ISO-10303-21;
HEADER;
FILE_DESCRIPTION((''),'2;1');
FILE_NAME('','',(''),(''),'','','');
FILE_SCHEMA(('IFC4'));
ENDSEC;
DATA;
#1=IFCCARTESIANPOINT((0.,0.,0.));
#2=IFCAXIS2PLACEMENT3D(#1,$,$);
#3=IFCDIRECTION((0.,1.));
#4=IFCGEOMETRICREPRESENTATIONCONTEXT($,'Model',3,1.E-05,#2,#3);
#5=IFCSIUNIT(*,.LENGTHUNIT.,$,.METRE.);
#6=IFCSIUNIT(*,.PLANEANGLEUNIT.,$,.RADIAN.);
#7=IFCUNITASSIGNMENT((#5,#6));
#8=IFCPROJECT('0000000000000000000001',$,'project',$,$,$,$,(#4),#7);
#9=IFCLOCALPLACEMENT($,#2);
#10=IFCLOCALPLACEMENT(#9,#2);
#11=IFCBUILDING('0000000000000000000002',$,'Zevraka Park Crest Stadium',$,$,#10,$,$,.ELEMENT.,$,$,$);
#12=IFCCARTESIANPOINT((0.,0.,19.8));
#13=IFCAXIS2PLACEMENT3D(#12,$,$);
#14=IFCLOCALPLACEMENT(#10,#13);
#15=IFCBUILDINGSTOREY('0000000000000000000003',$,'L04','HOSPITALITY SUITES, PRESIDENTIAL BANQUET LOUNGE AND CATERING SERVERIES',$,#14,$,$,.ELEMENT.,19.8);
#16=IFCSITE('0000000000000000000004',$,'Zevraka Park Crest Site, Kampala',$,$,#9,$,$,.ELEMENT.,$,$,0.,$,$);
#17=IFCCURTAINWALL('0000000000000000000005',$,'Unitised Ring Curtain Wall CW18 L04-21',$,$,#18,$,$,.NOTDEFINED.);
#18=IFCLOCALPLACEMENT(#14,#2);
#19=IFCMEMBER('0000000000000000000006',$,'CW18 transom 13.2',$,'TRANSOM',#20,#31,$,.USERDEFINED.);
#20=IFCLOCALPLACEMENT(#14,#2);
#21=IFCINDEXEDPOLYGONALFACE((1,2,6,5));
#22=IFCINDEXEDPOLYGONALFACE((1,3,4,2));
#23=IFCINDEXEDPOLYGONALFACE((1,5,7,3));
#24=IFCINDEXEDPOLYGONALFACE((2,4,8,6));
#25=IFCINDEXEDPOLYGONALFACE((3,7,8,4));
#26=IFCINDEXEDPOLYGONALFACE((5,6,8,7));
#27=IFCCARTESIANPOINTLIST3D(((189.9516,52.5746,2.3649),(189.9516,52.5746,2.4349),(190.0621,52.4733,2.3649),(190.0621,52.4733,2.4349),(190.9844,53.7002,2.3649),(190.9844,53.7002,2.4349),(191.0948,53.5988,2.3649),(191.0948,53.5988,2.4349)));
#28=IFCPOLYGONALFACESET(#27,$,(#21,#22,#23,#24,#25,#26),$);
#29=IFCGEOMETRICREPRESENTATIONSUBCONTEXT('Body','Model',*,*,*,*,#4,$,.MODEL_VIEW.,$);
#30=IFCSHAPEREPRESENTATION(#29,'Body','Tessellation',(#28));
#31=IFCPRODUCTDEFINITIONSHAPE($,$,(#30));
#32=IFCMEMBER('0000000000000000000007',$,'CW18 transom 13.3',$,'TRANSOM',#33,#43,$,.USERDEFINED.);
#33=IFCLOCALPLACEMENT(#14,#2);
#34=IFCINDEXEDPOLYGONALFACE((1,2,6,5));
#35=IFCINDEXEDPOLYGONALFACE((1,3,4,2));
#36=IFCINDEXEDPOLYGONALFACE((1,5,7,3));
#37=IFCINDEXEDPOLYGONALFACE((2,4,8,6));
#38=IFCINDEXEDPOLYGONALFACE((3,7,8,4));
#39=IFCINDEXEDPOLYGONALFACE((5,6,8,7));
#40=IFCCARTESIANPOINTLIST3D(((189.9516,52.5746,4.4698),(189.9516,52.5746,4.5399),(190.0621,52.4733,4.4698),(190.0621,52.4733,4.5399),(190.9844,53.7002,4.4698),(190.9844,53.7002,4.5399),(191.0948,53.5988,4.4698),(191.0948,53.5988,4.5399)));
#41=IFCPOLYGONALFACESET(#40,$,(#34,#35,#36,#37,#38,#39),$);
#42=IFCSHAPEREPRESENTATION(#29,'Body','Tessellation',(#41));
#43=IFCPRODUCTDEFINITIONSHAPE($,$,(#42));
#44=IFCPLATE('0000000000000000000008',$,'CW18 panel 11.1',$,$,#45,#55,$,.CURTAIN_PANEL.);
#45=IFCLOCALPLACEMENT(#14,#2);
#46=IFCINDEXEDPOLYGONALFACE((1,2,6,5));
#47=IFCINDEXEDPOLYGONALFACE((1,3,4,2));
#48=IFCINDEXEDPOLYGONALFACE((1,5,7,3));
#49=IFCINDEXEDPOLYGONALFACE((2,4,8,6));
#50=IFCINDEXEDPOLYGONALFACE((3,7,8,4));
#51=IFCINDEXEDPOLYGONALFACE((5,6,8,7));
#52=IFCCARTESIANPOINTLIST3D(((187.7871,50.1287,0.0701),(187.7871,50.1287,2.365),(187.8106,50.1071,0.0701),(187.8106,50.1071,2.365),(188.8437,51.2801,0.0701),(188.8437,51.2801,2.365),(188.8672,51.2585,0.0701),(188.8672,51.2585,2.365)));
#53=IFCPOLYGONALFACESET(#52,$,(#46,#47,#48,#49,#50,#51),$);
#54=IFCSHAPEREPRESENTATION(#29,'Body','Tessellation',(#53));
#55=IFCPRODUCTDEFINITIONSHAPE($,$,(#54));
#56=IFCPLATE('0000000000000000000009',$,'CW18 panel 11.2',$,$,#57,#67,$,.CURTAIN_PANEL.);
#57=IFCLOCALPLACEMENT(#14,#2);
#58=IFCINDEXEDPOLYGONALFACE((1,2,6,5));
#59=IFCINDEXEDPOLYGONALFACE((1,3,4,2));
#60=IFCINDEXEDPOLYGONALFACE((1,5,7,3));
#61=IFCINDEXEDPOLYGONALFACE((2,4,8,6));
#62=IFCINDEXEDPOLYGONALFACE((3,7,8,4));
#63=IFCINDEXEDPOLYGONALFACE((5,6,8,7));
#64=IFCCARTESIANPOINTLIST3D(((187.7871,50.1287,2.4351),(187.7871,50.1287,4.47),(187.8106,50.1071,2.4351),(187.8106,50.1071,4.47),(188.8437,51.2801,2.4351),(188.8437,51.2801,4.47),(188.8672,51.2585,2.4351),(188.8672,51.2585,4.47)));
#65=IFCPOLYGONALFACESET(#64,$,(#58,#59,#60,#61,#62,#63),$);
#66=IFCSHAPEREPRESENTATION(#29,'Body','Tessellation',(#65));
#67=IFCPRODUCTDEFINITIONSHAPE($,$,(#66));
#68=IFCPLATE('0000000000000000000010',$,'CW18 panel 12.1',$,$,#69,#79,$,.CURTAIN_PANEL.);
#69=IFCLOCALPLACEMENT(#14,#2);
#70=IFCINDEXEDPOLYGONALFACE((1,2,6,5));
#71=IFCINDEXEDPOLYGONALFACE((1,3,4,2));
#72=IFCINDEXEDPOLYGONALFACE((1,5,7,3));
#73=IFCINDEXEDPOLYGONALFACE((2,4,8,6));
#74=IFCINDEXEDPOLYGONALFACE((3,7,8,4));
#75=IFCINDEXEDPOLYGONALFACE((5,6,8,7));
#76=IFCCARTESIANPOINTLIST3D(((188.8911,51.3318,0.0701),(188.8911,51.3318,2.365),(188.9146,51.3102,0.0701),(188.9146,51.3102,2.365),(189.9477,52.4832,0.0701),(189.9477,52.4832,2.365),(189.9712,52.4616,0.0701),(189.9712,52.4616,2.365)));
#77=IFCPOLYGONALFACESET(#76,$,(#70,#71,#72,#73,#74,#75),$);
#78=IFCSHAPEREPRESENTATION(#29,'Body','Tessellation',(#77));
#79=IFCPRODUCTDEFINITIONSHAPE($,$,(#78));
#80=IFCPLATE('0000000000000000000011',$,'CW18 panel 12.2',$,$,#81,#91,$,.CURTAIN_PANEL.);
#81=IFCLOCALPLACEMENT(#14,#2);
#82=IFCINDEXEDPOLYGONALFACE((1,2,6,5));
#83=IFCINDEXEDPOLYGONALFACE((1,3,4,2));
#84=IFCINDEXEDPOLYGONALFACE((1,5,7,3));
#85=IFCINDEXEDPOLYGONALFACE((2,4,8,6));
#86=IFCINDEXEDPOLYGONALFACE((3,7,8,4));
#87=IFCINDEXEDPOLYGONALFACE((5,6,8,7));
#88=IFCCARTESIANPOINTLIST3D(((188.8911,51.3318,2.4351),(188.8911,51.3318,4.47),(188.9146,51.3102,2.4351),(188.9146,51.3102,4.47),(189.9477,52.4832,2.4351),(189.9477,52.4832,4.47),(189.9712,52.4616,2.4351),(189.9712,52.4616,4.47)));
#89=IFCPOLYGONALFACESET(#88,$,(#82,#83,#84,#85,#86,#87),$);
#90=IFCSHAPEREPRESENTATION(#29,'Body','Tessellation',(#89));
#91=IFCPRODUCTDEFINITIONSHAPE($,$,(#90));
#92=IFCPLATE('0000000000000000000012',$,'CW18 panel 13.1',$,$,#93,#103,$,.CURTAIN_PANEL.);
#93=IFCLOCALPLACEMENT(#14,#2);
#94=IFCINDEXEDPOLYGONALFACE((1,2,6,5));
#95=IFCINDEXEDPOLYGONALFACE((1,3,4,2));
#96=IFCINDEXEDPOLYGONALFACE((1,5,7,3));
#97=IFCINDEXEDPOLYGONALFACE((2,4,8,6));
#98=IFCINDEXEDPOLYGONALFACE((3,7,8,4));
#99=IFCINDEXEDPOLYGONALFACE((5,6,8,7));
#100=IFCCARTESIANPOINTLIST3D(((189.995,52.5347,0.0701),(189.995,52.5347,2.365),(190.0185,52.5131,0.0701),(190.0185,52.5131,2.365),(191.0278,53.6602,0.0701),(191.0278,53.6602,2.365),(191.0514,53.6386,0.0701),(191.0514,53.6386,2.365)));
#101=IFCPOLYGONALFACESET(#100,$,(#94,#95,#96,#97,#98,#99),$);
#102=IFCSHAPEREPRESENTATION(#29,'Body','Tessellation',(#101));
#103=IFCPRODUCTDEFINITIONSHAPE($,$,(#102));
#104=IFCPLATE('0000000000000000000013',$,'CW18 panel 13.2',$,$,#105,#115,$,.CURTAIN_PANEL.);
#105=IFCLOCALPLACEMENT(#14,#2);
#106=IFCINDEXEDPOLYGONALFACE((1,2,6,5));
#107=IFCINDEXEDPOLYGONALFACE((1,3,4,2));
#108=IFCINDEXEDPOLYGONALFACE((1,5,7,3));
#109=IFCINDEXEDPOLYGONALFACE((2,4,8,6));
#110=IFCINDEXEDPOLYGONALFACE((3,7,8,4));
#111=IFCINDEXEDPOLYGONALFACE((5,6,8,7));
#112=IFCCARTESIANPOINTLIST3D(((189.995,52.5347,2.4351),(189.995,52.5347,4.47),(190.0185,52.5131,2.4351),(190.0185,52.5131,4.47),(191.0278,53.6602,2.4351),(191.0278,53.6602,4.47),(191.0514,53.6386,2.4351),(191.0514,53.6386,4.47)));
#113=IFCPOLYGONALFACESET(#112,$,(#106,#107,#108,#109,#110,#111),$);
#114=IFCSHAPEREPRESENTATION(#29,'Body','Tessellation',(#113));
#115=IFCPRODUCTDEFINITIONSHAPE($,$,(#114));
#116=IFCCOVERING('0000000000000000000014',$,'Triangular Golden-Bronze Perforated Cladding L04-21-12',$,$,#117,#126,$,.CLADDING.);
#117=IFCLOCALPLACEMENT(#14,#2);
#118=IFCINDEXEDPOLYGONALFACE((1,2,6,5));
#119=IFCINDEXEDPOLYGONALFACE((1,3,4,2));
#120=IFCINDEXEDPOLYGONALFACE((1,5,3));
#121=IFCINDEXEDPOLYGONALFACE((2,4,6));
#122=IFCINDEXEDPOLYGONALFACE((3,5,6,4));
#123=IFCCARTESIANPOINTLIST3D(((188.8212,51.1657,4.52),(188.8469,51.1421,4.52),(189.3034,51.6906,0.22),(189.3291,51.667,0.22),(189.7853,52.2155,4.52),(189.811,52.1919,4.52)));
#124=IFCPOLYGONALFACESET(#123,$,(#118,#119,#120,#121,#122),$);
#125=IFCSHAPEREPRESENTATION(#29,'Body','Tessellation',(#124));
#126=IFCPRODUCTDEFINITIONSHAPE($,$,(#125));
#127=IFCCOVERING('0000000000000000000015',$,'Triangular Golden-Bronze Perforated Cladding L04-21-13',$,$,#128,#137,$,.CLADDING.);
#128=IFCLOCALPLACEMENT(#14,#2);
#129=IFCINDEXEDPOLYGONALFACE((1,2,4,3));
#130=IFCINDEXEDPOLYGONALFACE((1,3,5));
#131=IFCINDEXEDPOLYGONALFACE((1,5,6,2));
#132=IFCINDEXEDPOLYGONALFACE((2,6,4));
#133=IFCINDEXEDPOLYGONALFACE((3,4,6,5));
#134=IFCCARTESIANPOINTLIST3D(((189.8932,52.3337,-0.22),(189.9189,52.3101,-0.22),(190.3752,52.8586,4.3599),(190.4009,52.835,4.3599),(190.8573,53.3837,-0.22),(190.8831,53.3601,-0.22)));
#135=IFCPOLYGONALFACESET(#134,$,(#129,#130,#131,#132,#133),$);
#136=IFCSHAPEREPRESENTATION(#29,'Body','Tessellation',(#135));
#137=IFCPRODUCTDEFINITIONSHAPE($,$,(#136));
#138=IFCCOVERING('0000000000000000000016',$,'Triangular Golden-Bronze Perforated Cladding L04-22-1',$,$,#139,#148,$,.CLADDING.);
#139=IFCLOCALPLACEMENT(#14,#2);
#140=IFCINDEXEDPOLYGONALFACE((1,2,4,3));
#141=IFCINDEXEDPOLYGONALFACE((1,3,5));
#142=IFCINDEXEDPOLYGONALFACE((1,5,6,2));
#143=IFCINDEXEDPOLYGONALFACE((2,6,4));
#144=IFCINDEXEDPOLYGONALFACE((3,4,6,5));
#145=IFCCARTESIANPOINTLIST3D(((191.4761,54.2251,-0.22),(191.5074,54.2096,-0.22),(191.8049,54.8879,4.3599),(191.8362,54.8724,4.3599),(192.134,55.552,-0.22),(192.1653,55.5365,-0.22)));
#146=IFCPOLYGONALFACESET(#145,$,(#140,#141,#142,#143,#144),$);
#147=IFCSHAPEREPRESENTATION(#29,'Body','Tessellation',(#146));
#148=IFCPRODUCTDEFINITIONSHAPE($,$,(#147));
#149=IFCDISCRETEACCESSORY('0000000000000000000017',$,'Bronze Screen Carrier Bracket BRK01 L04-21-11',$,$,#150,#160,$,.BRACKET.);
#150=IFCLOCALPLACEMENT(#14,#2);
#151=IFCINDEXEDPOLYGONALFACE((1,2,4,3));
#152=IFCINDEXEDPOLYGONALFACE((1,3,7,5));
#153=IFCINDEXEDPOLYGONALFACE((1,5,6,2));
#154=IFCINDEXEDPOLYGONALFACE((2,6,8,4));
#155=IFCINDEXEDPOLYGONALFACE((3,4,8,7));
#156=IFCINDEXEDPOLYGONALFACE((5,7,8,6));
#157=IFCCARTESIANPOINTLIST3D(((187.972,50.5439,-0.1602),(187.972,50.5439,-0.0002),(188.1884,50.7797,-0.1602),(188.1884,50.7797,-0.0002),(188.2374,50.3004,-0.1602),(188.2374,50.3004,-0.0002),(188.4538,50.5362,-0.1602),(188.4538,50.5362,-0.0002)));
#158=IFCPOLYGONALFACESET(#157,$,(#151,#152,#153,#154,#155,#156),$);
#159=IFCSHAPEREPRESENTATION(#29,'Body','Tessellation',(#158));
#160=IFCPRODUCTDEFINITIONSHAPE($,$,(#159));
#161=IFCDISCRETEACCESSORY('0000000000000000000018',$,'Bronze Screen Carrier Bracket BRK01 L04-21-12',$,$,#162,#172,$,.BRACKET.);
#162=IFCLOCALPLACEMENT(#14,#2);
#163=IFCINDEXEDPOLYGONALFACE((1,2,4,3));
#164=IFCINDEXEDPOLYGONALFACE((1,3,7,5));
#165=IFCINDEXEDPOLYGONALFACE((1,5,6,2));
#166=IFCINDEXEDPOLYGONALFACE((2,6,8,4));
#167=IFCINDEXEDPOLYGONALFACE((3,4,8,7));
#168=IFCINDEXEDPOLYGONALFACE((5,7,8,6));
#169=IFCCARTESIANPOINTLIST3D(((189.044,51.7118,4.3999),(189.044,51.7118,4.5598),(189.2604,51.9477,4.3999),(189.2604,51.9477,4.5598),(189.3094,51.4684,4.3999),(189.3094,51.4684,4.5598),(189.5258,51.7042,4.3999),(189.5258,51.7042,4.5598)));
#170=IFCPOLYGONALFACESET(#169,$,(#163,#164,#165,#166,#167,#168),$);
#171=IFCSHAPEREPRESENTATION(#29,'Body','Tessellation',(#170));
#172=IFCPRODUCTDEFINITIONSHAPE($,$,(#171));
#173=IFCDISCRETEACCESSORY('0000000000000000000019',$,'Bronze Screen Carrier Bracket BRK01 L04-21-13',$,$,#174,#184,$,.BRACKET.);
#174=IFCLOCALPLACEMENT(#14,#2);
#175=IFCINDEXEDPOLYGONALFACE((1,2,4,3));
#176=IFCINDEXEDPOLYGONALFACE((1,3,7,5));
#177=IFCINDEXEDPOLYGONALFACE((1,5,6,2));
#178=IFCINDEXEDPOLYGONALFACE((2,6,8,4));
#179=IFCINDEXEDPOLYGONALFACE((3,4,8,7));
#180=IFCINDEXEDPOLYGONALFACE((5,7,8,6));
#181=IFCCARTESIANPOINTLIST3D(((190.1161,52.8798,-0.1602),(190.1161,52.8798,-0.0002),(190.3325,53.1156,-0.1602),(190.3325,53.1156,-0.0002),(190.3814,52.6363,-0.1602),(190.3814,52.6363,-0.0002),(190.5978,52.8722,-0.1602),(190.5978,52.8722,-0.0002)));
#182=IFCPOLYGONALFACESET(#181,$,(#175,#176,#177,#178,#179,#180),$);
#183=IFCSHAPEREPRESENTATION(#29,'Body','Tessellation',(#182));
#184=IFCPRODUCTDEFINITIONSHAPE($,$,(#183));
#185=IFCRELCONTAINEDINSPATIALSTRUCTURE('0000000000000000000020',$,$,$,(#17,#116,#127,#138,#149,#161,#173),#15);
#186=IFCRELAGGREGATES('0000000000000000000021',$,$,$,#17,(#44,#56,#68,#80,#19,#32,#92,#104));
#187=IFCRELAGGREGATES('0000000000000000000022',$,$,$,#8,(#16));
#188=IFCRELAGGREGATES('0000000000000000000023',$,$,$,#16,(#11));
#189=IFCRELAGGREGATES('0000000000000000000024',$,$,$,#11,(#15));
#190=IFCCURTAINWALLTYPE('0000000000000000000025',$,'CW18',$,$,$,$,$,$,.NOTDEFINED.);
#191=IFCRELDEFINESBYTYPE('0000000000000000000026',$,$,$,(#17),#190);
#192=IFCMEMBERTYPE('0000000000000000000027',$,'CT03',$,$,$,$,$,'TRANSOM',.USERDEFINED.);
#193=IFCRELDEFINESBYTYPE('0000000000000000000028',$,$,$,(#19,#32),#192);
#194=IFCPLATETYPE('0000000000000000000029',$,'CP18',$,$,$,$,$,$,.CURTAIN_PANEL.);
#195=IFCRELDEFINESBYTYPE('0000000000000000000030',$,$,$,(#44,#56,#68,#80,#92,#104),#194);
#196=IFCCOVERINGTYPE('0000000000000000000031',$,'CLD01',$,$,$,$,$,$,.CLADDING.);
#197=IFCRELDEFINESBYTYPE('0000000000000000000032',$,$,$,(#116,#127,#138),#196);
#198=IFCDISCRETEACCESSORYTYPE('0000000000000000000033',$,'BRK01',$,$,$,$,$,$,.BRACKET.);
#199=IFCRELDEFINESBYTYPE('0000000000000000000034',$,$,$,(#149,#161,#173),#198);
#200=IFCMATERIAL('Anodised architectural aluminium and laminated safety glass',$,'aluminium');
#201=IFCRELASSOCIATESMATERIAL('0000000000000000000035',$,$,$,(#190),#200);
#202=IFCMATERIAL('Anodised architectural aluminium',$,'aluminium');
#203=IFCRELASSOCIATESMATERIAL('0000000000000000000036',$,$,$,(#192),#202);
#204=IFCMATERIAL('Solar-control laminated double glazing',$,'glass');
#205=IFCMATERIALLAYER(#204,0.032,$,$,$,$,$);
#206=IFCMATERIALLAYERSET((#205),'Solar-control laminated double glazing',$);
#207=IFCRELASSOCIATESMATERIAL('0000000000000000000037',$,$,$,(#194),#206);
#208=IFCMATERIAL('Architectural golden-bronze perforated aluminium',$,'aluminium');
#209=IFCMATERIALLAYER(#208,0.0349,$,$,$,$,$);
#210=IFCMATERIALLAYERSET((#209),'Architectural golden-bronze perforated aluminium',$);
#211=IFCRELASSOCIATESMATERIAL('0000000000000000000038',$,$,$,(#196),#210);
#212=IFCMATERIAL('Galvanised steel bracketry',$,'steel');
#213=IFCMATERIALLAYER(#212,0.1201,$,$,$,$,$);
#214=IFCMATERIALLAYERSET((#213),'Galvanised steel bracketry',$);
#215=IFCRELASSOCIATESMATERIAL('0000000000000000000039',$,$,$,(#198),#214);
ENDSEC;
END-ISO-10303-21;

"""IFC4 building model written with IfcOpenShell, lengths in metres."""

from ifc_helpers import new_model, si_unit, direction, frame, origin, origin_2d, place, context, subcontext, project, spatial, polyline, rectangle, outline, extrude, material, layer, layer_set, material_profile, profile_set, type_object, element, aggregate, save


model = new_model("IFC4")

# Units and contexts
model_context = context("Model", 3, precision=1e-05, world=origin(), true_north=direction((0.0, 1.0)))
body_context = subcontext(model_context, "Body", "Model", "MODEL_VIEW")
ifc_project = project(units=[si_unit("LENGTHUNIT", "METRE"), si_unit("PLANEANGLEUNIT", "RADIAN")], contexts=[model_context])

# Site, building, storey
site_placement = place(None, origin())
site = spatial("IfcSite", under=ifc_project, at=site_placement, Name="Zevraka Park Crest Site, Kampala", CompositionType="ELEMENT", RefElevation=0.0)
building_placement = place(site_placement, origin())
building = spatial("IfcBuilding", under=site, at=building_placement, Name="Zevraka Park Crest Stadium", CompositionType="ELEMENT")
storey_placement = place(building_placement, frame((0.0, 0.0, 19.8)))
storey = spatial("IfcBuildingStorey", under=building, at=storey_placement, Name="L04", Description="HOSPITALITY SUITES, PRESIDENTIAL BANQUET LOUNGE AND CATERING SERVERIES", CompositionType="ELEMENT", Elevation=19.8)

# Curtain wall
ifc_material_1 = material(Name="Anodised architectural aluminium and laminated safety glass", Category="aluminium")
curtain_wall_type_1 = type_object("IfcCurtainWallType", Name="CW18", PredefinedType="NOTDEFINED", material=ifc_material_1)
curtain_wall_1_placement = place(storey_placement, origin())
curtain_wall_1 = element("IfcCurtainWall", 1, at=curtain_wall_1_placement, inside=storey, type_object=curtain_wall_type_1, Name="Unitised Ring Curtain Wall CW18 L04-21", PredefinedType="NOTDEFINED")

# Members
ifc_material_2 = material(Name="Anodised architectural aluminium", Category="aluminium")
ifc_material_profile_1 = material_profile(ifc_material_2, rectangle(XDim=0.1499, YDim=0.0701, at=origin_2d()), Name="ALU TRANSOM 150x70")
ifc_profile_set_1 = profile_set([ifc_material_profile_1], Name="Anodised architectural aluminium")
member_type_1 = type_object("IfcMemberType", Name="CT03", ElementType="TRANSOM", PredefinedType="USERDEFINED", material=ifc_profile_set_1)
member_1_placement = place(storey_placement, frame((190.0068, 52.5239, 2.3999), z_axis=(0.676086, 0.736822, 0.0), x_axis=(-0.736822, 0.676086, 0.0)))
member_1 = element("IfcMember", 2, at=member_1_placement, type_object=member_type_1, Name="CW18 transom 13.2", ObjectType="TRANSOM", PredefinedType="USERDEFINED", context=body_context, shape_type="SweptSolid", body=[
    extrude(rectangle(XDim=0.1499, YDim=0.0701, at=origin_2d()), origin(), (0.0, 0.0, 1.0), 1.5276),
])
member_2_placement = place(storey_placement, frame((190.0068, 52.5239, 4.5049), z_axis=(0.676086, 0.736822, 0.0), x_axis=(-0.736822, 0.676086, 0.0)))
member_2 = element("IfcMember", 3, at=member_2_placement, type_object=member_type_1, Name="CW18 transom 13.3", ObjectType="TRANSOM", PredefinedType="USERDEFINED", context=body_context, shape_type="SweptSolid", body=[
    extrude(rectangle(XDim=0.1499, YDim=0.0701, at=origin_2d()), origin(), (0.0, 0.0, 1.0), 1.5276),
])

# Plates
ifc_material_3 = material(Name="Solar-control laminated double glazing", Category="glass")
ifc_layer_1 = layer(ifc_material_3, 0.032)
ifc_layer_set_1 = layer_set([ifc_layer_1], Name="Solar-control laminated double glazing")
plate_type = type_object("IfcPlateType", Name="CP18", PredefinedType="CURTAIN_PANEL", material=ifc_layer_set_1)
plate_1_placement = place(storey_placement, frame((188.3271, 50.6936, 0.0701), z_axis=(0.0, 0.0, 1.0), x_axis=(0.676138, 0.736775, 0.0)))
plate_1 = element("IfcPlate", 4, at=plate_1_placement, type_object=plate_type, Name="CW18 panel 11.1", PredefinedType="CURTAIN_PANEL", context=body_context, shape_type="SweptSolid", body=[
    extrude(rectangle(XDim=1.5627, YDim=0.032, at=origin_2d()), origin(), (0.0, 0.0, 1.0), 2.2949),
])
plate_2_placement = place(storey_placement, frame((188.3271, 50.6936, 2.4351), z_axis=(0.0, 0.0, 1.0), x_axis=(0.676138, 0.736775, 0.0)))
plate_2 = element("IfcPlate", 5, at=plate_2_placement, type_object=plate_type, Name="CW18 panel 11.2", PredefinedType="CURTAIN_PANEL", context=body_context, shape_type="SweptSolid", body=[
    extrude(rectangle(XDim=1.5627, YDim=0.032, at=origin_2d()), origin(), (0.0, 0.0, 1.0), 2.0349),
])
plate_3_placement = place(storey_placement, frame((189.4312, 51.8967, 0.0701), z_axis=(0.0, 0.0, 1.0), x_axis=(0.676138, 0.736775, 0.0)))
plate_3 = element("IfcPlate", 6, at=plate_3_placement, type_object=plate_type, Name="CW18 panel 12.1", PredefinedType="CURTAIN_PANEL", context=body_context, shape_type="SweptSolid", body=[
    extrude(rectangle(XDim=1.5627, YDim=0.032, at=origin_2d()), origin(), (0.0, 0.0, 1.0), 2.2949),
])
plate_4_placement = place(storey_placement, frame((189.4312, 51.8967, 2.4351), z_axis=(0.0, 0.0, 1.0), x_axis=(0.676138, 0.736775, 0.0)))
plate_4 = element("IfcPlate", 7, at=plate_4_placement, type_object=plate_type, Name="CW18 panel 12.2", PredefinedType="CURTAIN_PANEL", context=body_context, shape_type="SweptSolid", body=[
    extrude(rectangle(XDim=1.5627, YDim=0.032, at=origin_2d()), origin(), (0.0, 0.0, 1.0), 2.0349),
])
plate_5_placement = place(storey_placement, frame((190.5232, 53.0867, 0.0701), z_axis=(0.0, 0.0, 1.0), x_axis=(0.676138, 0.736775, 0.0)))
plate_5 = element("IfcPlate", 8, at=plate_5_placement, type_object=plate_type, Name="CW18 panel 13.1", PredefinedType="CURTAIN_PANEL", context=body_context, shape_type="SweptSolid", body=[
    extrude(rectangle(XDim=1.5276, YDim=0.032, at=origin_2d()), origin(), (0.0, 0.0, 1.0), 2.2949),
])
plate_6_placement = place(storey_placement, frame((190.5232, 53.0867, 2.4351), z_axis=(0.0, 0.0, 1.0), x_axis=(0.676138, 0.736775, 0.0)))
plate_6 = element("IfcPlate", 9, at=plate_6_placement, type_object=plate_type, Name="CW18 panel 13.2", PredefinedType="CURTAIN_PANEL", context=body_context, shape_type="SweptSolid", body=[
    extrude(rectangle(XDim=1.5276, YDim=0.032, at=origin_2d()), origin(), (0.0, 0.0, 1.0), 2.0349),
])
aggregate(curtain_wall_1, [plate_1, plate_2, plate_3, plate_4, member_1, member_2, plate_5, plate_6])

# Coverings
ifc_material_4 = material(Name="Architectural golden-bronze perforated aluminium", Category="aluminium")
ifc_layer_2 = layer(ifc_material_4, 0.0349)
ifc_layer_set_2 = layer_set([ifc_layer_2], Name="Architectural golden-bronze perforated aluminium")
covering_type = type_object("IfcCoveringType", Name="CLD01", PredefinedType="CLADDING", material=ifc_layer_set_2)
covering_1_placement = place(storey_placement, frame((189.811, 52.1919, 4.52), z_axis=(0.736528, -0.676407, 0.000021), x_axis=(-0.676407, -0.736528, 0.0)))
element("IfcCovering", 10, at=covering_1_placement, inside=storey, type_object=covering_type, Name="Triangular Golden-Bronze Perforated Cladding L04-21-12", PredefinedType="CLADDING", context=body_context, shape_type="SweptSolid", body=[
    extrude(outline(polyline([(0.0, 0.0), (1.4253, 0.0), (0.7126, 4.3), (0.0, 0.0)])), origin(), (0.0, 0.0, -1.0), 0.0349),
])
covering_2_placement = place(storey_placement, frame((189.9189, 52.3101, -0.22), z_axis=(0.736606, -0.676322, 0.000002), x_axis=(0.676322, 0.736606, 0.0)))
element("IfcCovering", 11, at=covering_2_placement, inside=storey, type_object=covering_type, Name="Triangular Golden-Bronze Perforated Cladding L04-21-13", PredefinedType="CLADDING", context=body_context, shape_type="SweptSolid", body=[
    extrude(outline(polyline([(0.0, 0.0), (1.4255, 0.0), (0.7126, 4.5798), (0.0, 0.0)])), origin(), (0.0, 0.0, -1.0), 0.0349),
])
covering_3_placement = place(storey_placement, frame((191.4761, 54.2251, -0.22), z_axis=(-0.895906, 0.444244, 0.000035), x_axis=(0.444244, 0.895906, 0.0)))
element("IfcCovering", 12, at=covering_3_placement, inside=storey, type_object=covering_type, Name="Triangular Golden-Bronze Perforated Cladding L04-22-1", PredefinedType="CLADDING", context=body_context, shape_type="SweptSolid", body=[
    extrude(outline(polyline([(0.0, 0.0), (1.4811, 0.0), (0.7399, -4.5798), (0.0, 0.0)])), origin(), (0.0, 0.0, -1.0), 0.0349),
])

# Discrete accessories
ifc_material_5 = material(Name="Galvanised steel bracketry", Category="steel")
ifc_layer_3 = layer(ifc_material_5, 0.1201)
ifc_layer_set_3 = layer_set([ifc_layer_3], Name="Galvanised steel bracketry")
discrete_accessory_type = type_object("IfcDiscreteAccessoryType", Name="BRK01", PredefinedType="BRACKET", material=ifc_layer_set_3)
for number, where, z_axis, x_axis, name in (
    (13, (188.2129, 50.54, -0.1602), (0.0, 0.0, 1.0), (0.676105, 0.736806, 0.0), "Bronze Screen Carrier Bracket BRK01 L04-21-11"),
    (14, (189.2849, 51.708, 4.3999), (0.0, 0.0, 1.0), (0.676105, 0.736806, 0.0), "Bronze Screen Carrier Bracket BRK01 L04-21-12"),
    (15, (190.3569, 52.876, -0.1602), (0.0, 0.0, 1.0), (0.676105, 0.736806, 0.0), "Bronze Screen Carrier Bracket BRK01 L04-21-13"),
):
    element("IfcDiscreteAccessory", number, at=place(storey_placement, frame(where, z_axis=z_axis, x_axis=x_axis)), inside=storey, type_object=discrete_accessory_type, Name=name, PredefinedType="BRACKET", context=body_context, shape_type="SweptSolid", body=[
        extrude(rectangle(XDim=0.3201, YDim=0.3601, at=origin_2d()), origin(), (0.0, 0.0, 1.0), 0.1599),
    ])

save(model, "model.ifc")
